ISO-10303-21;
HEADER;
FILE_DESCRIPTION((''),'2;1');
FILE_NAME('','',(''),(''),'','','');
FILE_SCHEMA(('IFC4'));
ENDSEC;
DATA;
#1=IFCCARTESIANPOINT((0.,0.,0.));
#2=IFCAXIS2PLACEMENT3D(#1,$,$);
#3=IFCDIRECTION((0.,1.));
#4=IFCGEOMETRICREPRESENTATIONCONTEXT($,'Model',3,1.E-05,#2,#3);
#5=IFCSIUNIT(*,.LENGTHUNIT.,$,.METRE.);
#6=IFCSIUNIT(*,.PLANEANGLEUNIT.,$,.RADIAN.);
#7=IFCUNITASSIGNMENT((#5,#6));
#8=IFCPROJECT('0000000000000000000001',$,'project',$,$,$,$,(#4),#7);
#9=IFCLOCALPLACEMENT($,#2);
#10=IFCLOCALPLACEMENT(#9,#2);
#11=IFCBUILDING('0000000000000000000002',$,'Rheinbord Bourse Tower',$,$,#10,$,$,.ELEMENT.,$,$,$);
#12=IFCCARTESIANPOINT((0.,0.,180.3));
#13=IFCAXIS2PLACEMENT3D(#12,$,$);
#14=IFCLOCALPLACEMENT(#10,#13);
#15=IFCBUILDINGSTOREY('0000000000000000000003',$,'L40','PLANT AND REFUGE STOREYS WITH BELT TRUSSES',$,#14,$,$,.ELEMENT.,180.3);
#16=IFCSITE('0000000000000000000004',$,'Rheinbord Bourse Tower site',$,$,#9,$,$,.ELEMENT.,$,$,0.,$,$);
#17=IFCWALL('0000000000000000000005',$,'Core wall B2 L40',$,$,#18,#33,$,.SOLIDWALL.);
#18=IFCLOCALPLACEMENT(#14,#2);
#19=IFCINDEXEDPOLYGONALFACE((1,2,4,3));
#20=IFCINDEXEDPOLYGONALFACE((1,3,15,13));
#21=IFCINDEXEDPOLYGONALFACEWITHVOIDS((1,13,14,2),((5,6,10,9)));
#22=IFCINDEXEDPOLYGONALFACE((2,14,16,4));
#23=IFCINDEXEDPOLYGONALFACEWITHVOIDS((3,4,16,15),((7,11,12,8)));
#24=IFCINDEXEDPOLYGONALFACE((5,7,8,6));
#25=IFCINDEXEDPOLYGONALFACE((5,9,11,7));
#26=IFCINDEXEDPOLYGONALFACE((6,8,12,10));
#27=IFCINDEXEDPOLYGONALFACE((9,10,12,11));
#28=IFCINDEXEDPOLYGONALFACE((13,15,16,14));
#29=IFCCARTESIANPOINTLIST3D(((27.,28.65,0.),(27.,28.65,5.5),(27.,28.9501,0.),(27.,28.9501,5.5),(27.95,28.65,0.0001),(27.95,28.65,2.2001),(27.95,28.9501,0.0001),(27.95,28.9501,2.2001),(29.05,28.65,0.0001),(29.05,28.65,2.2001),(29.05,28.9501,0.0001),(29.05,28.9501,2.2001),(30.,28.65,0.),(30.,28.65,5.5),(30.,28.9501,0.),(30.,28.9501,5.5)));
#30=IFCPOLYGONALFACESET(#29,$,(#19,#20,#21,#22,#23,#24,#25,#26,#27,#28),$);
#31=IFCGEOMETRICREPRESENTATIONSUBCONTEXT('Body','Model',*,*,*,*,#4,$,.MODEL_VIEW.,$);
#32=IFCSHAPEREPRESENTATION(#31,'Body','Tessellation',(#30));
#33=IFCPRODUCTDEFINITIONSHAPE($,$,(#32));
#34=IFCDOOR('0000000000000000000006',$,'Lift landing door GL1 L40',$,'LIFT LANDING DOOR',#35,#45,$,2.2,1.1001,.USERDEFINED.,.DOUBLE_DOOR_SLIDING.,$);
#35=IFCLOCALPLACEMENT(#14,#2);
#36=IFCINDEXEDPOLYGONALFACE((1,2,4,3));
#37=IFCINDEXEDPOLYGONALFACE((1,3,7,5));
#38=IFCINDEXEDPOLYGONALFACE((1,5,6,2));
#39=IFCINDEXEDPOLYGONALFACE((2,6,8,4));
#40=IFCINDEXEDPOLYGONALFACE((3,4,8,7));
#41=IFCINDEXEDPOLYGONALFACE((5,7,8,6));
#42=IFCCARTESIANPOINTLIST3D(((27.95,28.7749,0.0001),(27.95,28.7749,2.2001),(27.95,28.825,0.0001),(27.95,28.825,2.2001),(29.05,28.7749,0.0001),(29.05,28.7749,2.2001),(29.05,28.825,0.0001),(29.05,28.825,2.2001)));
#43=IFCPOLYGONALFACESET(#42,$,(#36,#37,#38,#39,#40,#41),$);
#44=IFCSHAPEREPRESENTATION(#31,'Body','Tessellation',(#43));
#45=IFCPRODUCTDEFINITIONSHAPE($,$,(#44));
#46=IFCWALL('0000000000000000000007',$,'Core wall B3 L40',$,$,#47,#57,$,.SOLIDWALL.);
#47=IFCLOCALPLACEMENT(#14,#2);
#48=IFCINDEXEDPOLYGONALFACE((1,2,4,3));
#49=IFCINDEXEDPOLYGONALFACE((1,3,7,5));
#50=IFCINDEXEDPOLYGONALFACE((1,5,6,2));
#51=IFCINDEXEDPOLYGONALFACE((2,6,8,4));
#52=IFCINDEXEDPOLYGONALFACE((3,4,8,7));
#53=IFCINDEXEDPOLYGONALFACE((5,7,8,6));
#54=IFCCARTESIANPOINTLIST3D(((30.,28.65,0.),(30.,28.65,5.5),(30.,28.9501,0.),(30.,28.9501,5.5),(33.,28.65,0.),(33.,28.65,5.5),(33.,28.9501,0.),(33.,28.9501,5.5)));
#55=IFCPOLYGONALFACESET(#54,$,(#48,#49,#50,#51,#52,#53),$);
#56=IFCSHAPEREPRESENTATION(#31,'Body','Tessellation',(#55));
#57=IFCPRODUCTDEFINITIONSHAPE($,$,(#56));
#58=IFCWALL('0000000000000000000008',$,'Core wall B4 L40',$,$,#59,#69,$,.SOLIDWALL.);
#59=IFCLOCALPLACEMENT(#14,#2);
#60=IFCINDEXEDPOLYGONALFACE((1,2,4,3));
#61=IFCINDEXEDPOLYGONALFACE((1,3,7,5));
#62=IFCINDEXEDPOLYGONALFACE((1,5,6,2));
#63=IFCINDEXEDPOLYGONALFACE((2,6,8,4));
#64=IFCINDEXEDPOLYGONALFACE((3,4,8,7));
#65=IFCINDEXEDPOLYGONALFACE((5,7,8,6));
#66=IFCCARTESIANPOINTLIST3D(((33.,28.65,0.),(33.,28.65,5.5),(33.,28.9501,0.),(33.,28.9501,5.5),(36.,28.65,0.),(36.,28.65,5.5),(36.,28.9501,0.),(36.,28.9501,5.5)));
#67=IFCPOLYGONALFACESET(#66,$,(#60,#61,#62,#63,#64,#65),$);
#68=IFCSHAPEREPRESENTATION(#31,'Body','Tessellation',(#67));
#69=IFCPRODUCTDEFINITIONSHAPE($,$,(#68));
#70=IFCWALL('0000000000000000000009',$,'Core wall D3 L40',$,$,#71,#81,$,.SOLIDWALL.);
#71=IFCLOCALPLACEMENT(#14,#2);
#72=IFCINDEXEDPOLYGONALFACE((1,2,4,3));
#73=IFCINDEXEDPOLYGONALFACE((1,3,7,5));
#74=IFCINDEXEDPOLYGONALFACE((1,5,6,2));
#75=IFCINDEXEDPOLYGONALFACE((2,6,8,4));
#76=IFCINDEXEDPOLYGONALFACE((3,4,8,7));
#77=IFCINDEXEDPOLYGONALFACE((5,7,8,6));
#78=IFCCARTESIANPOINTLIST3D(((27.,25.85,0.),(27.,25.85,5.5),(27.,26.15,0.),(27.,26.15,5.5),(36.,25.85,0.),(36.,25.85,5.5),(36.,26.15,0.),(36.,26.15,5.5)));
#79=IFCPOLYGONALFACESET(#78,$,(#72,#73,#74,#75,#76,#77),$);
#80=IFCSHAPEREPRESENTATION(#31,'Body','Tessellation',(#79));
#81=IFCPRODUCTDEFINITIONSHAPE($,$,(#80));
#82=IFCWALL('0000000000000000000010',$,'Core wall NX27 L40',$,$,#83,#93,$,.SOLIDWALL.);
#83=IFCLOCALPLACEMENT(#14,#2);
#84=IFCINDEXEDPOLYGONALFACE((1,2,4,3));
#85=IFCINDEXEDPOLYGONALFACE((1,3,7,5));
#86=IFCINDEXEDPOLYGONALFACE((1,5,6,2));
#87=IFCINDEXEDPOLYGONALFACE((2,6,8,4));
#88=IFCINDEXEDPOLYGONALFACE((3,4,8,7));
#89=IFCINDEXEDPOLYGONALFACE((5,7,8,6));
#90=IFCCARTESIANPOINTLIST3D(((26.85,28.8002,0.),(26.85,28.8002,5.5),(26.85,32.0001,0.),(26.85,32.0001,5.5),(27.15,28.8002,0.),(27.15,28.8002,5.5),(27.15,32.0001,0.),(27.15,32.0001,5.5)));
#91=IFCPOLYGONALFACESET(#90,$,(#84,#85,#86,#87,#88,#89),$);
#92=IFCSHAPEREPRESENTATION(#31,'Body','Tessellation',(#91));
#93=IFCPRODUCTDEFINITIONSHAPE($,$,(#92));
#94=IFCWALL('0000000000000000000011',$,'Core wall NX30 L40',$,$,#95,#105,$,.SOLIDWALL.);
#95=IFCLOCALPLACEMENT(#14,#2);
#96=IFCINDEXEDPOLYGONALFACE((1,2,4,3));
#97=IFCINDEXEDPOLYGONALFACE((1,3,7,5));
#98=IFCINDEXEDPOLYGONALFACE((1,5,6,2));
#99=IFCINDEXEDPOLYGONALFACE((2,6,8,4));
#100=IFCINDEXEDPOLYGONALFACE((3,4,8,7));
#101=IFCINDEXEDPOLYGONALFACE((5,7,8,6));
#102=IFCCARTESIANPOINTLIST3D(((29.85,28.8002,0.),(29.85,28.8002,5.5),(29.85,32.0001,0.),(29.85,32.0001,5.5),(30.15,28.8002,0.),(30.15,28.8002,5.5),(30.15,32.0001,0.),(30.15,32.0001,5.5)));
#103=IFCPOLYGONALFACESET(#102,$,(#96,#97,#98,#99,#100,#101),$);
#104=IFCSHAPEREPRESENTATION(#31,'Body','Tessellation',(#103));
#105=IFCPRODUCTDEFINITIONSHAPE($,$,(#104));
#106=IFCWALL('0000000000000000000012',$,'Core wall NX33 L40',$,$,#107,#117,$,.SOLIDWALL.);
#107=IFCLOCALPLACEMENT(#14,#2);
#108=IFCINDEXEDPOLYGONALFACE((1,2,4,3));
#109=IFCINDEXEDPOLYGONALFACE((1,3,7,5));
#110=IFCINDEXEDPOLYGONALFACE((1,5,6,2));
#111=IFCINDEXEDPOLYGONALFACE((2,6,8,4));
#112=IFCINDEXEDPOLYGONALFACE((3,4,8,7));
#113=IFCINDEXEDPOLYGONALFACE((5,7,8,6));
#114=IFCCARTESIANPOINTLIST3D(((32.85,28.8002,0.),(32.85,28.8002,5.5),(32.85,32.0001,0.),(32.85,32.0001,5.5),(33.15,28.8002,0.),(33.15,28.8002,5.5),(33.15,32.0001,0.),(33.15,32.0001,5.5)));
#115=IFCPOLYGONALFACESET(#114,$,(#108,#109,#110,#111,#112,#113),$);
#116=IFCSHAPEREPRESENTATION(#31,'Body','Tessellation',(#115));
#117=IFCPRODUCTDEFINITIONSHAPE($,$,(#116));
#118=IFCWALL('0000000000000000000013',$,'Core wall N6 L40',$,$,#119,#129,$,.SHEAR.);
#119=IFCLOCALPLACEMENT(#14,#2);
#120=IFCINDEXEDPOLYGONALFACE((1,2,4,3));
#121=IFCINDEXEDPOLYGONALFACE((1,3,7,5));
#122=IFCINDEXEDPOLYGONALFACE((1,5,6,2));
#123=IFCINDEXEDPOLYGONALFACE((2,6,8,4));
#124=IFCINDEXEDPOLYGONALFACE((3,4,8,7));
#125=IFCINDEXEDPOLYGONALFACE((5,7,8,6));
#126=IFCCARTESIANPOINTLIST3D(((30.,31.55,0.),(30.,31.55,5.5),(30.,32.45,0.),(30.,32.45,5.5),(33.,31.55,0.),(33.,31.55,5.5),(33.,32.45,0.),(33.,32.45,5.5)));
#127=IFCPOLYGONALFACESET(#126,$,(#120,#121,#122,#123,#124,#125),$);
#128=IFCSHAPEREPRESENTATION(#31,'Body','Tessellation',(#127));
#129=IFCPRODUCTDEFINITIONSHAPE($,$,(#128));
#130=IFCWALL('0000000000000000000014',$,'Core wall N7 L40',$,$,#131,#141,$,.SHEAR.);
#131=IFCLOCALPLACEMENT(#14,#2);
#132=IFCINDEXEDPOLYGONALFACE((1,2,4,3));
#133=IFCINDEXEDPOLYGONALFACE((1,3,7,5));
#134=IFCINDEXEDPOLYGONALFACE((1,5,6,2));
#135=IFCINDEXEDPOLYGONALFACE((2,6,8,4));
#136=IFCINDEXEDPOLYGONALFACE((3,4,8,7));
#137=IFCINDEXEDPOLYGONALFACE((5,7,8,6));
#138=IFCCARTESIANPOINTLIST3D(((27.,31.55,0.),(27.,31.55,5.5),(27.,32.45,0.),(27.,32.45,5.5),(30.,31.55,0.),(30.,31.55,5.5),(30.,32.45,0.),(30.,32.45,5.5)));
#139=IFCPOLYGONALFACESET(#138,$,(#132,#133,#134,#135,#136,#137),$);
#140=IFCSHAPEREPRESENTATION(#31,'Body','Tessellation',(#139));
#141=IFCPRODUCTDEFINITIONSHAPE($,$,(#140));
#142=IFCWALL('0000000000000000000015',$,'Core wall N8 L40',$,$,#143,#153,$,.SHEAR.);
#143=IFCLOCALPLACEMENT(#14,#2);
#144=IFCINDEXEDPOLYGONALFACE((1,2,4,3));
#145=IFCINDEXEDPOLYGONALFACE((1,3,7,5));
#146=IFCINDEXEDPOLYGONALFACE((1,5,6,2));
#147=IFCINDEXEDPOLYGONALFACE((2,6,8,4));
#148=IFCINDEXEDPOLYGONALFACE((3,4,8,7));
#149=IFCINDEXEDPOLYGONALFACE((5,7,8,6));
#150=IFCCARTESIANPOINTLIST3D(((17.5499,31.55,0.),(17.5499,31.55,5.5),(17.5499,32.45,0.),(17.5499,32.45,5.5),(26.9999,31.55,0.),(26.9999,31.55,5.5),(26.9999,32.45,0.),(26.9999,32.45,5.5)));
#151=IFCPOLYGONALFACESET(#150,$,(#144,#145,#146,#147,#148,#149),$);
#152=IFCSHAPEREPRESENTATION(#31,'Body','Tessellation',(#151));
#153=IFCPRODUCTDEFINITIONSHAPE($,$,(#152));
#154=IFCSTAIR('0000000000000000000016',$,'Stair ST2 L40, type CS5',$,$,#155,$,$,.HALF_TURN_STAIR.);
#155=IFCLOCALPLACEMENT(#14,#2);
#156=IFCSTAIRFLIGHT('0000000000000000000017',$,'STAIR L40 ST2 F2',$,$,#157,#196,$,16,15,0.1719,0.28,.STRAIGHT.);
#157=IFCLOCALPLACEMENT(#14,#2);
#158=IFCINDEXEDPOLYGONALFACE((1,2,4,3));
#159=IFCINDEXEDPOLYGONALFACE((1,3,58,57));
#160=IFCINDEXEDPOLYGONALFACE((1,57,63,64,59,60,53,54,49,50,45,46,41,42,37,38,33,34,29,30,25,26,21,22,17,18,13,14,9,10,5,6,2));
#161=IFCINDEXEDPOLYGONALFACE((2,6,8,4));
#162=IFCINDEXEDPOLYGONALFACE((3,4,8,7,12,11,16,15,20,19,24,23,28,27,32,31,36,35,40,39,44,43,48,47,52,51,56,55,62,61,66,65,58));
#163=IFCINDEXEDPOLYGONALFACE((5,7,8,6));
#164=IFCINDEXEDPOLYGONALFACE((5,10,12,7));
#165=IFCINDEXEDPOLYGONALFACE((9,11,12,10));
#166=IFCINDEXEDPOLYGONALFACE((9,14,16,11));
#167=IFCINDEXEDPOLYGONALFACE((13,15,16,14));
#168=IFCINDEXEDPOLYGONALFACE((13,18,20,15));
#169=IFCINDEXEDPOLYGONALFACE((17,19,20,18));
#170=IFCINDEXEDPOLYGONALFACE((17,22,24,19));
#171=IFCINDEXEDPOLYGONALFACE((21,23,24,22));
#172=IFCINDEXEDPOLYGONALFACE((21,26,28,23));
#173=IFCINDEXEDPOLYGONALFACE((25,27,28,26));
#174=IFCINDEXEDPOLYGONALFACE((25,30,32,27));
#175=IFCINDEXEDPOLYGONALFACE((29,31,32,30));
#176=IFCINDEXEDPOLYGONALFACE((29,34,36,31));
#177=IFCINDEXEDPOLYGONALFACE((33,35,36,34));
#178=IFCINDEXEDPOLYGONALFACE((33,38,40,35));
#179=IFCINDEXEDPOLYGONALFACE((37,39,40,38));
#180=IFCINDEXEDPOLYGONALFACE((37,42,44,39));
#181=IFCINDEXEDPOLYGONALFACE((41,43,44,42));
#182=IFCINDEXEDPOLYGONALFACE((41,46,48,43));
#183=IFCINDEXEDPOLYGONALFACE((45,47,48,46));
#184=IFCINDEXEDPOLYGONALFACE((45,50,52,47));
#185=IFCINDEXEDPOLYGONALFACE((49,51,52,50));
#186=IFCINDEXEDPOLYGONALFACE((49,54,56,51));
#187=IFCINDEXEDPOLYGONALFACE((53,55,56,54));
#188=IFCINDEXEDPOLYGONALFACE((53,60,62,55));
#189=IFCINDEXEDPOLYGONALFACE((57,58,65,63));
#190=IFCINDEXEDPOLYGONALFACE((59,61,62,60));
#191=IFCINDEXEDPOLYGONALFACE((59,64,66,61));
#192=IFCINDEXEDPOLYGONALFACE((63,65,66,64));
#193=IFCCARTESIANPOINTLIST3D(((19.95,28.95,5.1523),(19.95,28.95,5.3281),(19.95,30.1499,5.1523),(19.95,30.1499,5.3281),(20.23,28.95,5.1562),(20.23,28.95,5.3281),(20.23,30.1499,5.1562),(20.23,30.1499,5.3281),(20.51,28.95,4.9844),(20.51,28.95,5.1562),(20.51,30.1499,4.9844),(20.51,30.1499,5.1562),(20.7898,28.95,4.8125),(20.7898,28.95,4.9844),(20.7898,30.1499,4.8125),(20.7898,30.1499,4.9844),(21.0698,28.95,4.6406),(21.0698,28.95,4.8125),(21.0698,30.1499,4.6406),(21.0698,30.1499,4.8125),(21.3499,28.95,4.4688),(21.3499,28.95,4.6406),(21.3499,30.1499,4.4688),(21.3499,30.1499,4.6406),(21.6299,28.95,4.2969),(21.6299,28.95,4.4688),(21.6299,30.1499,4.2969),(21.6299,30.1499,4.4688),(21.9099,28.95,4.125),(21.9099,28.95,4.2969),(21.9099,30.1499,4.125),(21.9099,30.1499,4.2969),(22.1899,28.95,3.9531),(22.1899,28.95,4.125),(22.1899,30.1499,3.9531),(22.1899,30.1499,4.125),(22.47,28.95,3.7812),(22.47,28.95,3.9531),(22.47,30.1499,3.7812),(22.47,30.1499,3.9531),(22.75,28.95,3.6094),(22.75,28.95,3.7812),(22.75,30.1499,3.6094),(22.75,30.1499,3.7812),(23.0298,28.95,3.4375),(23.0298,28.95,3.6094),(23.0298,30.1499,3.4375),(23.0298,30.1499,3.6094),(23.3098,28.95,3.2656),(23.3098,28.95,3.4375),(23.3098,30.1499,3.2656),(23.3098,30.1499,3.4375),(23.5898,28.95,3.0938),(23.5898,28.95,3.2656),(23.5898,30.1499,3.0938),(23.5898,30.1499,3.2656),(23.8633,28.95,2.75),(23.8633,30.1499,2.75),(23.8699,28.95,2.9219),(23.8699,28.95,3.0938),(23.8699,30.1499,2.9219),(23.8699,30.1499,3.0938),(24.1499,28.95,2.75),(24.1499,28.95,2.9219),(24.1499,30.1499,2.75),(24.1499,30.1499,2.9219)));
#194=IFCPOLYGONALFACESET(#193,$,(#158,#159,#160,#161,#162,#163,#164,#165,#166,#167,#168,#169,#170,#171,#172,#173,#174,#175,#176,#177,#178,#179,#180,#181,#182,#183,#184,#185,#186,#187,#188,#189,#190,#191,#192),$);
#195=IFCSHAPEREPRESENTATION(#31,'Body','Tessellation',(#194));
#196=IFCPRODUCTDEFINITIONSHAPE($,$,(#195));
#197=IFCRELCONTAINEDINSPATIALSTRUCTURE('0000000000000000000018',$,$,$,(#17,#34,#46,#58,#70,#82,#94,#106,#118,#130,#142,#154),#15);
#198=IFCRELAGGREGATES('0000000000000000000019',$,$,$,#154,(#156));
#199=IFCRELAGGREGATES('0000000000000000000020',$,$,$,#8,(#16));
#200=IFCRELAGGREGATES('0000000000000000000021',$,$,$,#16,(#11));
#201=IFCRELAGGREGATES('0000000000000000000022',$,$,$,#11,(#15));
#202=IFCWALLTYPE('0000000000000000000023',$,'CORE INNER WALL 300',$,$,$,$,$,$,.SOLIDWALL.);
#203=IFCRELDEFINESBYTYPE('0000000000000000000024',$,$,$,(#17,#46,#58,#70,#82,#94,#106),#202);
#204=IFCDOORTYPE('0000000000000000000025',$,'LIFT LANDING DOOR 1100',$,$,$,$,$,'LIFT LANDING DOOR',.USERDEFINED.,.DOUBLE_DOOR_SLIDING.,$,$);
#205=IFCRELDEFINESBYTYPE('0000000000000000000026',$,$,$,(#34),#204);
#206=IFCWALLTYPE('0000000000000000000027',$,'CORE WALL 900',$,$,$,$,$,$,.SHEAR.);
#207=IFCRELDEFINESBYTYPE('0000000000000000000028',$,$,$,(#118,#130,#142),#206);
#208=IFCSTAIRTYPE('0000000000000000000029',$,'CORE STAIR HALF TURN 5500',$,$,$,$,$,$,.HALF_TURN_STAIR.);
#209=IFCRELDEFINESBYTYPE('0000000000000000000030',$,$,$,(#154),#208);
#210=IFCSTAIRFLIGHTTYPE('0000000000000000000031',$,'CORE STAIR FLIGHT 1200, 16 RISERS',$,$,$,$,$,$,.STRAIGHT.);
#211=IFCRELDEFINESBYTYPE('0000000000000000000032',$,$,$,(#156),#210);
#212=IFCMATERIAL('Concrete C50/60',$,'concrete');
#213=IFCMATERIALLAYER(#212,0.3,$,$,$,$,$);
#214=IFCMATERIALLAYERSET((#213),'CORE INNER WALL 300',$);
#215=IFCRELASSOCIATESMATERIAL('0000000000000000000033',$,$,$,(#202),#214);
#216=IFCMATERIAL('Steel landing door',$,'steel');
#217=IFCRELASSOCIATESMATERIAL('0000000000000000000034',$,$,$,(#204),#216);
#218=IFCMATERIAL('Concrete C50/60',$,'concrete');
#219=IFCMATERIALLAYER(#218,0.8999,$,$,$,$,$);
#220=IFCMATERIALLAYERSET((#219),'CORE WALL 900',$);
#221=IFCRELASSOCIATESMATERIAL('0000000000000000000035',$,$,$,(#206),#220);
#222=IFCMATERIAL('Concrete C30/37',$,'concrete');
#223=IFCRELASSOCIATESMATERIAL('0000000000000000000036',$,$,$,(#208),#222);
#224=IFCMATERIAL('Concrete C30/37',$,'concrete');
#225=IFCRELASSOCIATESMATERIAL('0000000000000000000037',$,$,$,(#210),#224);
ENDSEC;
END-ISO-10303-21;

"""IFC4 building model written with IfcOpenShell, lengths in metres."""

from ifc_helpers import new_model, si_unit, direction, frame, frame_2d, origin, place, context, subcontext, project, spatial, polyline, rectangle, outline, extrude, material, layer, layer_set, type_object, element, fill, aggregate, save


model = new_model("IFC4")

# Units and contexts
model_context = context("Model", 3, precision=1e-05, world=origin(), true_north=direction((0.0, 1.0)))
body_context = subcontext(model_context, "Body", "Model", "MODEL_VIEW")
ifc_project = project(units=[si_unit("LENGTHUNIT", "METRE"), si_unit("PLANEANGLEUNIT", "RADIAN")], contexts=[model_context])

# Site, building, storey
site_placement = place(None, origin())
site = spatial("IfcSite", under=ifc_project, at=site_placement, Name="Rheinbord Bourse Tower site", CompositionType="ELEMENT", RefElevation=0.0)
building_placement = place(site_placement, origin())
building = spatial("IfcBuilding", under=site, at=building_placement, Name="Rheinbord Bourse Tower", CompositionType="ELEMENT")
storey_placement = place(building_placement, frame((0.0, 0.0, 180.3)))
storey = spatial("IfcBuildingStorey", under=building, at=storey_placement, Name="L40", Description="PLANT AND REFUGE STOREYS WITH BELT TRUSSES", CompositionType="ELEMENT", Elevation=180.3)

# Wall, opening, door
ifc_material_1 = material(Name="Concrete C50/60", Category="concrete")
ifc_layer_1 = layer(ifc_material_1, 0.3)
ifc_layer_set_1 = layer_set([ifc_layer_1], Name="CORE INNER WALL 300")
wall_type_1 = type_object("IfcWallType", Name="CORE INNER WALL 300", PredefinedType="SOLIDWALL", material=ifc_layer_set_1)
wall_1_placement = place(storey_placement, frame((27.0, 28.8, 0.0), z_axis=(0.0, 0.0, 1.0), x_axis=(1.0, 0.0, 0.0)))
wall_1 = element("IfcWall", 1, at=wall_1_placement, inside=storey, type_object=wall_type_1, Name="Core wall B2 L40", PredefinedType="SOLIDWALL", context=body_context, shape_type="SweptSolid", body=[
    extrude(rectangle(XDim=3.0, YDim=0.3, at=frame_2d((1.5, 0.0))), origin(), (0.0, 0.0, 1.0), 5.5),
])
opening_placement = place(wall_1_placement, frame((0.95, 0.0, 0.0)))
opening = element("IfcOpeningElement", 2, at=opening_placement, cuts=wall_1, PredefinedType="OPENING", context=body_context, shape_type="SweptSolid", body=[
    extrude(rectangle(XDim=1.1001, YDim=2.2, at=frame_2d((0.55, 1.1001))), frame((0.0, 0.1599, 0.0), z_axis=(0.0, -1.0, 0.0), x_axis=(1.0, 0.0, 0.0)), (0.0, 0.0, 1.0), 0.3201),
])
ifc_material_2 = material(Name="Steel landing door", Category="steel")
door_type = type_object("IfcDoorType", Name="LIFT LANDING DOOR 1100", ElementType="LIFT LANDING DOOR", OperationType="DOUBLE_DOOR_SLIDING", PredefinedType="USERDEFINED", material=ifc_material_2)
door_placement = place(opening_placement, origin())
door = element("IfcDoor", 3, at=door_placement, inside=storey, type_object=door_type, Name="Lift landing door GL1 L40", ObjectType="LIFT LANDING DOOR", OperationType="DOUBLE_DOOR_SLIDING", OverallHeight=2.2, OverallWidth=1.1001, PredefinedType="USERDEFINED", context=body_context, shape_type="SweptSolid", body=[
    extrude(rectangle(XDim=1.1001, YDim=2.2, at=frame_2d((0.55, 1.1001))), frame((0.0, 0.0249, 0.0), z_axis=(0.0, -1.0, 0.0), x_axis=(1.0, 0.0, 0.0)), (0.0, 0.0, 1.0), 0.05),
])
fill(opening, door)

# Walls
for number, where, z_axis, x_axis, name in (
    (4, (30.0, 28.8, 0.0), (0.0, 0.0, 1.0), (1.0, 0.0, 0.0), "Core wall B3 L40"),
    (5, (33.0, 28.8, 0.0), (0.0, 0.0, 1.0), (1.0, 0.0, 0.0), "Core wall B4 L40"),
):
    element("IfcWall", number, at=place(storey_placement, frame(where, z_axis=z_axis, x_axis=x_axis)), inside=storey, type_object=wall_type_1, Name=name, PredefinedType="SOLIDWALL", context=body_context, shape_type="SweptSolid", body=[
        extrude(rectangle(XDim=3.0, YDim=0.3, at=frame_2d((1.5, 0.0))), origin(), (0.0, 0.0, 1.0), 5.5),
    ])
wall_2_placement = place(storey_placement, frame((27.0, 26.0, 0.0), z_axis=(0.0, 0.0, 1.0), x_axis=(1.0, 0.0, 0.0)))
element("IfcWall", 6, at=wall_2_placement, inside=storey, type_object=wall_type_1, Name="Core wall D3 L40", PredefinedType="SOLIDWALL", context=body_context, shape_type="SweptSolid", body=[
    extrude(rectangle(XDim=9.0, YDim=0.3, at=frame_2d((4.5, 0.0))), origin(), (0.0, 0.0, 1.0), 5.5),
])
for number, where, z_axis, x_axis, name in (
    (7, (27.0, 28.8, 0.0), (0.0, 0.0, 1.0), (0.0, 1.0, 0.0), "Core wall NX27 L40"),
    (8, (30.0, 28.8, 0.0), (0.0, 0.0, 1.0), (0.0, 1.0, 0.0), "Core wall NX30 L40"),
    (9, (33.0, 28.8, 0.0), (0.0, 0.0, 1.0), (0.0, 1.0, 0.0), "Core wall NX33 L40"),
):
    element("IfcWall", number, at=place(storey_placement, frame(where, z_axis=z_axis, x_axis=x_axis)), inside=storey, type_object=wall_type_1, Name=name, PredefinedType="SOLIDWALL", context=body_context, shape_type="SweptSolid", body=[
        extrude(rectangle(XDim=3.2, YDim=0.3, at=frame_2d((1.6001, 0.0))), origin(), (0.0, 0.0, 1.0), 5.5),
    ])
ifc_material_3 = material(Name="Concrete C50/60", Category="concrete")
ifc_layer_2 = layer(ifc_material_3, 0.8999)
ifc_layer_set_2 = layer_set([ifc_layer_2], Name="CORE WALL 900")
wall_type_2 = type_object("IfcWallType", Name="CORE WALL 900", PredefinedType="SHEAR", material=ifc_layer_set_2)
for number, where, z_axis, x_axis, name in (
    (10, (33.0, 32.0, 0.0), (0.0, 0.0, 1.0), (-1.0, 0.0, 0.0), "Core wall N6 L40"),
    (11, (30.0, 32.0, 0.0), (0.0, 0.0, 1.0), (-1.0, 0.0, 0.0), "Core wall N7 L40"),
):
    element("IfcWall", number, at=place(storey_placement, frame(where, z_axis=z_axis, x_axis=x_axis)), inside=storey, type_object=wall_type_2, Name=name, PredefinedType="SHEAR", context=body_context, shape_type="SweptSolid", body=[
        extrude(rectangle(XDim=3.0, YDim=0.8999, at=frame_2d((1.5, 0.0))), origin(), (0.0, 0.0, 1.0), 5.5),
    ])
wall_3_placement = place(storey_placement, frame((27.0, 32.0, 0.0), z_axis=(0.0, 0.0, 1.0), x_axis=(-1.0, 0.0, 0.0)))
element("IfcWall", 12, at=wall_3_placement, inside=storey, type_object=wall_type_2, Name="Core wall N8 L40", PredefinedType="SHEAR", context=body_context, shape_type="SweptSolid", body=[
    extrude(rectangle(XDim=9.45, YDim=0.8999, at=frame_2d((4.7251, 0.0))), origin(), (0.0, 0.0, 1.0), 5.5),
])

# Stair, stair flight
ifc_material_4 = material(Name="Concrete C30/37", Category="concrete")
stair_type = type_object("IfcStairType", Name="CORE STAIR HALF TURN 5500", PredefinedType="HALF_TURN_STAIR", material=ifc_material_4)
stair_placement = place(storey_placement, origin())
stair = element("IfcStair", 13, at=stair_placement, inside=storey, type_object=stair_type, Name="Stair ST2 L40, type CS5", PredefinedType="HALF_TURN_STAIR")
ifc_material_5 = material(Name="Concrete C30/37", Category="concrete")
stair_flight_type = type_object("IfcStairFlightType", Name="CORE STAIR FLIGHT 1200, 16 RISERS", PredefinedType="STRAIGHT", material=ifc_material_5)
stair_flight_placement = place(storey_placement, frame((24.1499, 29.55, 2.75), z_axis=(0.0, 0.0, 1.0), x_axis=(-1.0, 0.0, 0.0)))
stair_flight = element("IfcStairFlight", 14, at=stair_flight_placement, type_object=stair_flight_type, Name="STAIR L40 ST2 F2", NumberOfRisers=16, NumberOfTreads=15, PredefinedType="STRAIGHT", RiserHeight=0.1719, TreadLength=0.28, context=body_context, shape_type="SweptSolid", body=[
    extrude(outline(polyline([(0.0, 0.0), (0.0, 0.1719), (0.28, 0.1719), (0.28, 0.3438), (0.5601, 0.3438), (0.5601, 0.5156), (0.8401, 0.5156), (0.8401, 0.6875), (1.1201, 0.6875), (1.1201, 0.8594), (1.3999, 0.8594), (1.3999, 1.0312), (1.6799, 1.0312), (1.6799, 1.2031), (1.96, 1.2031), (1.96, 1.375), (2.24, 1.375), (2.24, 1.5469), (2.52, 1.5469), (2.52, 1.7188), (2.8, 1.7188), (2.8, 1.8906), (3.0801, 1.8906), (3.0801, 2.0625), (3.3601, 2.0625), (3.3601, 2.2344), (3.6399, 2.2344), (3.6399, 2.4062), (3.9199, 2.4062), (3.9199, 2.5781), (4.2, 2.5781), (4.2, 2.75), (4.2, 2.4023), (0.2866, 0.0), (0.0, 0.0)])), frame((0.0, 0.6001, 0.0), z_axis=(0.0, -1.0, 0.0), x_axis=(1.0, 0.0, 0.0)), (0.0, 0.0, 1.0), 1.2),
])
aggregate(stair, [stair_flight])

save(model, "model.ifc")
